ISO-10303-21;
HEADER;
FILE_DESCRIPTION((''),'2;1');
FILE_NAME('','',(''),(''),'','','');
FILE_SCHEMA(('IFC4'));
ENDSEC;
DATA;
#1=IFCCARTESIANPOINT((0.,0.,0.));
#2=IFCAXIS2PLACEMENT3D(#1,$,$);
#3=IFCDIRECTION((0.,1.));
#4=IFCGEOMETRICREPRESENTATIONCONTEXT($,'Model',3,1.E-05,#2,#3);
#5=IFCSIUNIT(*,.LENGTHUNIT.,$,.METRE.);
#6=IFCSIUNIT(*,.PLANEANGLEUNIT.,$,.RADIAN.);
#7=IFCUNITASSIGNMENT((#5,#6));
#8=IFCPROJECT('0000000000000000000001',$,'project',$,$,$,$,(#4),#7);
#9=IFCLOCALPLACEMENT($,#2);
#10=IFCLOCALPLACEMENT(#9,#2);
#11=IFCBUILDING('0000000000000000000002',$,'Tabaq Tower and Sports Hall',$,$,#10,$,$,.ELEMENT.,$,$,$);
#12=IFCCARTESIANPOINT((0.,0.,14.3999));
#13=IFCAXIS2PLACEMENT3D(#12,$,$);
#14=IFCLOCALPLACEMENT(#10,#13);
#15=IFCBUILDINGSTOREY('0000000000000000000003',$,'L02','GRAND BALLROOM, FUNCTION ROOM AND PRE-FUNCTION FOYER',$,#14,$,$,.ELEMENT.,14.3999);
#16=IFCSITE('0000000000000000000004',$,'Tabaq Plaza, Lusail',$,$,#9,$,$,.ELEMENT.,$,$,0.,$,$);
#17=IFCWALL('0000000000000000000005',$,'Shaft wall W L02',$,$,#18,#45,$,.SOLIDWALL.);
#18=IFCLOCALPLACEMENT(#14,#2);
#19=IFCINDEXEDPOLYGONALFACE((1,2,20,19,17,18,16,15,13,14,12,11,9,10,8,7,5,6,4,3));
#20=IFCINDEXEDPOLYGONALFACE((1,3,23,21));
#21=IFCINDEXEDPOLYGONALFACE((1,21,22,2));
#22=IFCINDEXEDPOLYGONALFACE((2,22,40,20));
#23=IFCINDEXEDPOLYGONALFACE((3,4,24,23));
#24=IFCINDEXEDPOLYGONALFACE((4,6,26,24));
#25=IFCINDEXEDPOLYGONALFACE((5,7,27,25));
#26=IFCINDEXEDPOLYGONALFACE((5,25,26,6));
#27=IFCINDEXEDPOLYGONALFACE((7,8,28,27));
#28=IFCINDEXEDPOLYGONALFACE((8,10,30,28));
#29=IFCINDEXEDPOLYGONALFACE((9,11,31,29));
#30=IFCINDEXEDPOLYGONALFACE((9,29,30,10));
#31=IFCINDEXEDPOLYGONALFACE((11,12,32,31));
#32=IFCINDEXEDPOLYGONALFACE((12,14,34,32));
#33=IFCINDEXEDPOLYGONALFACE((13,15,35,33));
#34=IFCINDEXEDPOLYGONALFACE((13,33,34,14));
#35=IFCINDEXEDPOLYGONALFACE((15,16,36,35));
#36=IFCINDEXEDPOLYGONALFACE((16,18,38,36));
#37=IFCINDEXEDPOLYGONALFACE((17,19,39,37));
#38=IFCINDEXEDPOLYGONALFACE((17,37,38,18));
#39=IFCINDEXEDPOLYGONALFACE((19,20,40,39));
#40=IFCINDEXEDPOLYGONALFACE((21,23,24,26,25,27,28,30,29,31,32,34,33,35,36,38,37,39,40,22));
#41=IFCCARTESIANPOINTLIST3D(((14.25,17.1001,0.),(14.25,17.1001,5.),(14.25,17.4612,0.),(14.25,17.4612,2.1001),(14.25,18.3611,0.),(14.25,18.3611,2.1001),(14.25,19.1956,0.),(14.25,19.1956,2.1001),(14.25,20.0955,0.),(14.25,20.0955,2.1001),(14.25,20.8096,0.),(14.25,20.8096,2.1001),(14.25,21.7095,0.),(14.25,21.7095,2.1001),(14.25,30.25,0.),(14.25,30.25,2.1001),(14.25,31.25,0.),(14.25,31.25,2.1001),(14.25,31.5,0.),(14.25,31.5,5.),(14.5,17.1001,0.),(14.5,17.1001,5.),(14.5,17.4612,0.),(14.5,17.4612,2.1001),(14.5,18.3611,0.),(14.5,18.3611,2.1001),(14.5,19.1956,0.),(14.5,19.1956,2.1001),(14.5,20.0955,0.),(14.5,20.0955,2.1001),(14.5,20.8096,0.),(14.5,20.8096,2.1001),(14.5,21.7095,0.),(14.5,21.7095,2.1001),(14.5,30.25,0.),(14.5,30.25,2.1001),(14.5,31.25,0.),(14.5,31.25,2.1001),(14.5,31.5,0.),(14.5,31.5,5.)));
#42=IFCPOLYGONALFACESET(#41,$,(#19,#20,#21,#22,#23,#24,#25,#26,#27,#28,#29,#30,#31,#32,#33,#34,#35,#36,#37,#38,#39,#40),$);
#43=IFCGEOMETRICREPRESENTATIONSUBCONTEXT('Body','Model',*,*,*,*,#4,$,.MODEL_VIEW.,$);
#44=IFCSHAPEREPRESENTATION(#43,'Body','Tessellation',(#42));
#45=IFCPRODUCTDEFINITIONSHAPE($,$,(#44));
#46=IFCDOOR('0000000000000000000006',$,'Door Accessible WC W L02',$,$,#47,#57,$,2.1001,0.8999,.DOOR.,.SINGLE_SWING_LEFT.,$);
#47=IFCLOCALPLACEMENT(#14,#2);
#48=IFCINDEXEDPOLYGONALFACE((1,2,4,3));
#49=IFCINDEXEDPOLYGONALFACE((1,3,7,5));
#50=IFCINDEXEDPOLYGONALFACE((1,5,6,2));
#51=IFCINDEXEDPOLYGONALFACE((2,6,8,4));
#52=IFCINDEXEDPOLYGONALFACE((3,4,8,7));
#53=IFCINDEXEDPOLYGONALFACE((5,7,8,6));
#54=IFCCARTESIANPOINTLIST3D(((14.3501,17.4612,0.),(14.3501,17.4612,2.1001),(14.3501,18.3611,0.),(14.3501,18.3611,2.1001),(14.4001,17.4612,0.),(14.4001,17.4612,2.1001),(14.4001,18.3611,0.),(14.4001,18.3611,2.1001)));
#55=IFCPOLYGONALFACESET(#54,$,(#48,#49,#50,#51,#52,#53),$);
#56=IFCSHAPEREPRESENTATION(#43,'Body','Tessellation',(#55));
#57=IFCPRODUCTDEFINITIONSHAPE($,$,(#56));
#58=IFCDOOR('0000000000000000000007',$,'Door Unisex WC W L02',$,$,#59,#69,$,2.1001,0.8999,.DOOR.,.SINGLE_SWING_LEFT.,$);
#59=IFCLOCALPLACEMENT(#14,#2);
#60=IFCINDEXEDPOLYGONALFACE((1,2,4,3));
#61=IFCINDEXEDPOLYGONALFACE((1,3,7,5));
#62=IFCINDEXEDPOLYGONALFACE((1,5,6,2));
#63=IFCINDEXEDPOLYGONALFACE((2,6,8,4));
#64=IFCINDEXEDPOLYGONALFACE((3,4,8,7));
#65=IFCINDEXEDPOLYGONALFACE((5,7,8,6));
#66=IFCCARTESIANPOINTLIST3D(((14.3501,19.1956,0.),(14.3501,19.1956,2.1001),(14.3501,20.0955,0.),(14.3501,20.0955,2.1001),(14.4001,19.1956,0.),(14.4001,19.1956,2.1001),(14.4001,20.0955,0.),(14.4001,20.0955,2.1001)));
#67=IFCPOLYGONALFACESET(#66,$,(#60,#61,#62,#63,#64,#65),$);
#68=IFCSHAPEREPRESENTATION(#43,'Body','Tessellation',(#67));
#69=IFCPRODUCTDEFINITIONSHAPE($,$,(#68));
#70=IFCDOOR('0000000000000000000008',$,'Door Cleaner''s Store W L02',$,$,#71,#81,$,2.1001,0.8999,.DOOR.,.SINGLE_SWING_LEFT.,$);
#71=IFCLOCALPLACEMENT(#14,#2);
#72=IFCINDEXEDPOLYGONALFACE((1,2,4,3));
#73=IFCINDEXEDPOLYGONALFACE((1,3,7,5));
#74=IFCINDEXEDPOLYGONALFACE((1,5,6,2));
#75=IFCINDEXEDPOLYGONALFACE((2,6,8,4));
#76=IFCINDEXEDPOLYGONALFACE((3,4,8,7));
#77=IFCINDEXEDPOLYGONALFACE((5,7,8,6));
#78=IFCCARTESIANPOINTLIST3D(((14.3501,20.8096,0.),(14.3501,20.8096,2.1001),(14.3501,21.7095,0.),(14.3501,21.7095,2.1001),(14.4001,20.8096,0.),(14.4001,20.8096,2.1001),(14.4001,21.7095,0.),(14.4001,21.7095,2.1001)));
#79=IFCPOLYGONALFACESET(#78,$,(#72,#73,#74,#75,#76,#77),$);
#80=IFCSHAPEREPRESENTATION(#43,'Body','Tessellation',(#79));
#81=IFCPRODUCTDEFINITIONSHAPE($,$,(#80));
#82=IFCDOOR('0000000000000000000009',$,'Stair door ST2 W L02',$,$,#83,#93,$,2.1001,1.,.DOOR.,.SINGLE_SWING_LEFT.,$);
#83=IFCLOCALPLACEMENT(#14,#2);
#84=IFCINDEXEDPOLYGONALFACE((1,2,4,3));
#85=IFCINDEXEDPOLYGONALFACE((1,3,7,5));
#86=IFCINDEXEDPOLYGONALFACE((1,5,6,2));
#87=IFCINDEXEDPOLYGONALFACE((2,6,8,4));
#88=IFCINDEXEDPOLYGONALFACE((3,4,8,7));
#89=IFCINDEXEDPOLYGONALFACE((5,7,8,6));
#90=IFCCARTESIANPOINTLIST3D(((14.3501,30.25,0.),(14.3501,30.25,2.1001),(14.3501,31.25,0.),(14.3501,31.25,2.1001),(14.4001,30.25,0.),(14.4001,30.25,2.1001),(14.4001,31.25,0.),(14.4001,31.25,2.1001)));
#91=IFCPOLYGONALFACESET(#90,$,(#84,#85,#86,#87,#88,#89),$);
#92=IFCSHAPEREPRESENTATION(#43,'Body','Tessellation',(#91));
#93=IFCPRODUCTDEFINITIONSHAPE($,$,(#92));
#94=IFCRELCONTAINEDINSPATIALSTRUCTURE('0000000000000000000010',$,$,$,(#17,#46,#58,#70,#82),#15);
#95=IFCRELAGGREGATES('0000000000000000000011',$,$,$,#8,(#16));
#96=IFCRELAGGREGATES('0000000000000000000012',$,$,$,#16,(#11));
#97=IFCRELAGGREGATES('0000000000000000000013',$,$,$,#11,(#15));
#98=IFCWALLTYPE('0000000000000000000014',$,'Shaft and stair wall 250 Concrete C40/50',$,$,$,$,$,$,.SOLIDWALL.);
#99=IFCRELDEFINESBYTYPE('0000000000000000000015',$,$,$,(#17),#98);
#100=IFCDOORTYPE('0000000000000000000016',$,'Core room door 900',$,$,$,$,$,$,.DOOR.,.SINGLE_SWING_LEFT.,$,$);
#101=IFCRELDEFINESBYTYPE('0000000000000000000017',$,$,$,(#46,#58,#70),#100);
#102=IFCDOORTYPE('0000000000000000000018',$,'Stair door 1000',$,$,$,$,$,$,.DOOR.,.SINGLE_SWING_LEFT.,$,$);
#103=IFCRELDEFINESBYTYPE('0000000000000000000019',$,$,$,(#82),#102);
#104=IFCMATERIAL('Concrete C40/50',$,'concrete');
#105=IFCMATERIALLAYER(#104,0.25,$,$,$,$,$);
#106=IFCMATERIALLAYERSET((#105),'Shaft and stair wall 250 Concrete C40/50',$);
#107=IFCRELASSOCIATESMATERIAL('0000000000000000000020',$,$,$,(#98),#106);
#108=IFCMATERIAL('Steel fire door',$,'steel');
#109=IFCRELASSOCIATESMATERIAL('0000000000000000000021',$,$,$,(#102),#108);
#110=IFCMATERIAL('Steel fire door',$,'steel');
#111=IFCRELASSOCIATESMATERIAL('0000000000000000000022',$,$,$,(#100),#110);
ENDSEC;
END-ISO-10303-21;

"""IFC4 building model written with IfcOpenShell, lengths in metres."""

from ifc_helpers import new_model, si_unit, direction, frame, frame_2d, origin, place, context, subcontext, project, spatial, rectangle, extrude, material, layer, layer_set, type_object, element, fill, save


model = new_model("IFC4")

# Units and contexts
model_context = context("Model", 3, precision=1e-05, world=origin(), true_north=direction((0.0, 1.0)))
body_context = subcontext(model_context, "Body", "Model", "MODEL_VIEW")
ifc_project = project(units=[si_unit("LENGTHUNIT", "METRE"), si_unit("PLANEANGLEUNIT", "RADIAN")], contexts=[model_context])

# Site, building, storey
site_placement = place(None, origin())
site = spatial("IfcSite", under=ifc_project, at=site_placement, Name="Tabaq Plaza, Lusail", CompositionType="ELEMENT", RefElevation=0.0)
building_placement = place(site_placement, origin())
building = spatial("IfcBuilding", under=site, at=building_placement, Name="Tabaq Tower and Sports Hall", CompositionType="ELEMENT")
storey_placement = place(building_placement, frame((0.0, 0.0, 14.3999)))
storey = spatial("IfcBuildingStorey", under=building, at=storey_placement, Name="L02", Description="GRAND BALLROOM, FUNCTION ROOM AND PRE-FUNCTION FOYER", CompositionType="ELEMENT", Elevation=14.3999)

# Wall, openings, doors
ifc_material_1 = material(Name="Concrete C40/50", Category="concrete")
ifc_layer_1 = layer(ifc_material_1, 0.25)
ifc_layer_set_1 = layer_set([ifc_layer_1], Name="Shaft and stair wall 250 Concrete C40/50")
wall_type_1 = type_object("IfcWallType", Name="Shaft and stair wall 250 Concrete C40/50", PredefinedType="SOLIDWALL", material=ifc_layer_set_1)
ifc_material_2 = material(Name="Steel fire door", Category="steel")
door_type_1 = type_object("IfcDoorType", Name="Stair door 1000", OperationType="SINGLE_SWING_LEFT", PredefinedType="DOOR", material=ifc_material_2)
wall_1_placement = place(storey_placement, frame((14.375, 17.1001, 0.0), z_axis=(0.0, 0.0, 1.0), x_axis=(0.0, 1.0, 0.0)))
wall_1 = element("IfcWall", 1, at=wall_1_placement, inside=storey, type_object=wall_type_1, Name="Shaft wall W L02", PredefinedType="SOLIDWALL", context=body_context, shape_type="SweptSolid", body=[
    extrude(rectangle(XDim=14.3999, YDim=0.25, at=frame_2d((7.2, 0.0))), origin(), (0.0, 0.0, 1.0), 5.0),
])
opening_1_placement = place(wall_1_placement, frame((13.1499, 0.0, 0.0)))
opening_1 = element("IfcOpeningElement", 2, at=opening_1_placement, cuts=wall_1, PredefinedType="OPENING", context=body_context, shape_type="SweptSolid", body=[
    extrude(rectangle(XDim=1.0, YDim=2.1001, at=frame_2d((0.5, 1.05))), frame((0.0, 0.125, 0.0), z_axis=(0.0, -1.0, 0.0), x_axis=(1.0, 0.0, 0.0)), (0.0, 0.0, 1.0), 0.25),
])
opening_2_placement = place(wall_1_placement, frame((0.3611, 0.0, 0.0)))
opening_2 = element("IfcOpeningElement", 3, at=opening_2_placement, cuts=wall_1, PredefinedType="OPENING", context=body_context, shape_type="SweptSolid", body=[
    extrude(rectangle(XDim=0.8999, YDim=2.1001, at=frame_2d((0.45, 1.05))), frame((0.0, 0.125, 0.0), z_axis=(0.0, -1.0, 0.0), x_axis=(1.0, 0.0, 0.0)), (0.0, 0.0, 1.0), 0.25),
])
opening_3_placement = place(wall_1_placement, frame((2.0955, 0.0, 0.0)))
opening_3 = element("IfcOpeningElement", 4, at=opening_3_placement, cuts=wall_1, PredefinedType="OPENING", context=body_context, shape_type="SweptSolid", body=[
    extrude(rectangle(XDim=0.8999, YDim=2.1001, at=frame_2d((0.45, 1.05))), frame((0.0, 0.125, 0.0), z_axis=(0.0, -1.0, 0.0), x_axis=(1.0, 0.0, 0.0)), (0.0, 0.0, 1.0), 0.25),
])
opening_4_placement = place(wall_1_placement, frame((3.7095, 0.0, 0.0)))
opening_4 = element("IfcOpeningElement", 5, at=opening_4_placement, cuts=wall_1, PredefinedType="OPENING", context=body_context, shape_type="SweptSolid", body=[
    extrude(rectangle(XDim=0.8999, YDim=2.1001, at=frame_2d((0.45, 1.05))), frame((0.0, 0.125, 0.0), z_axis=(0.0, -1.0, 0.0), x_axis=(1.0, 0.0, 0.0)), (0.0, 0.0, 1.0), 0.25),
])
ifc_material_3 = material(Name="Steel fire door", Category="steel")
door_type_2 = type_object("IfcDoorType", Name="Core room door 900", OperationType="SINGLE_SWING_LEFT", PredefinedType="DOOR", material=ifc_material_3)
door_1_placement = place(opening_2_placement, origin())
door_1 = element("IfcDoor", 6, at=door_1_placement, inside=storey, type_object=door_type_2, Name="Door Accessible WC W L02", OperationType="SINGLE_SWING_LEFT", OverallHeight=2.1001, OverallWidth=0.8999, PredefinedType="DOOR", context=body_context, shape_type="SweptSolid", body=[
    extrude(rectangle(XDim=0.8999, YDim=2.1001, at=frame_2d((0.45, 1.05))), frame((0.0, 0.0249, 0.0), z_axis=(0.0, -1.0, 0.0), x_axis=(1.0, 0.0, 0.0)), (0.0, 0.0, 1.0), 0.05),
])
fill(opening_2, door_1)
door_2_placement = place(opening_3_placement, origin())
door_2 = element("IfcDoor", 7, at=door_2_placement, inside=storey, type_object=door_type_2, Name="Door Unisex WC W L02", OperationType="SINGLE_SWING_LEFT", OverallHeight=2.1001, OverallWidth=0.8999, PredefinedType="DOOR", context=body_context, shape_type="SweptSolid", body=[
    extrude(rectangle(XDim=0.8999, YDim=2.1001, at=frame_2d((0.45, 1.05))), frame((0.0, 0.0249, 0.0), z_axis=(0.0, -1.0, 0.0), x_axis=(1.0, 0.0, 0.0)), (0.0, 0.0, 1.0), 0.05),
])
fill(opening_3, door_2)
door_3_placement = place(opening_4_placement, origin())
door_3 = element("IfcDoor", 8, at=door_3_placement, inside=storey, type_object=door_type_2, Name="Door Cleaner's Store W L02", OperationType="SINGLE_SWING_LEFT", OverallHeight=2.1001, OverallWidth=0.8999, PredefinedType="DOOR", context=body_context, shape_type="SweptSolid", body=[
    extrude(rectangle(XDim=0.8999, YDim=2.1001, at=frame_2d((0.45, 1.05))), frame((0.0, 0.0249, 0.0), z_axis=(0.0, -1.0, 0.0), x_axis=(1.0, 0.0, 0.0)), (0.0, 0.0, 1.0), 0.05),
])
fill(opening_4, door_3)
door_4_placement = place(opening_1_placement, origin())
door_4 = element("IfcDoor", 9, at=door_4_placement, inside=storey, type_object=door_type_1, Name="Stair door ST2 W L02", OperationType="SINGLE_SWING_LEFT", OverallHeight=2.1001, OverallWidth=1.0, PredefinedType="DOOR", context=body_context, shape_type="SweptSolid", body=[
    extrude(rectangle(XDim=1.0, YDim=2.1001, at=frame_2d((0.5, 1.05))), frame((0.0, 0.0249, 0.0), z_axis=(0.0, -1.0, 0.0), x_axis=(1.0, 0.0, 0.0)), (0.0, 0.0, 1.0), 0.05),
])
fill(opening_1, door_4)

save(model, "model.ifc")
